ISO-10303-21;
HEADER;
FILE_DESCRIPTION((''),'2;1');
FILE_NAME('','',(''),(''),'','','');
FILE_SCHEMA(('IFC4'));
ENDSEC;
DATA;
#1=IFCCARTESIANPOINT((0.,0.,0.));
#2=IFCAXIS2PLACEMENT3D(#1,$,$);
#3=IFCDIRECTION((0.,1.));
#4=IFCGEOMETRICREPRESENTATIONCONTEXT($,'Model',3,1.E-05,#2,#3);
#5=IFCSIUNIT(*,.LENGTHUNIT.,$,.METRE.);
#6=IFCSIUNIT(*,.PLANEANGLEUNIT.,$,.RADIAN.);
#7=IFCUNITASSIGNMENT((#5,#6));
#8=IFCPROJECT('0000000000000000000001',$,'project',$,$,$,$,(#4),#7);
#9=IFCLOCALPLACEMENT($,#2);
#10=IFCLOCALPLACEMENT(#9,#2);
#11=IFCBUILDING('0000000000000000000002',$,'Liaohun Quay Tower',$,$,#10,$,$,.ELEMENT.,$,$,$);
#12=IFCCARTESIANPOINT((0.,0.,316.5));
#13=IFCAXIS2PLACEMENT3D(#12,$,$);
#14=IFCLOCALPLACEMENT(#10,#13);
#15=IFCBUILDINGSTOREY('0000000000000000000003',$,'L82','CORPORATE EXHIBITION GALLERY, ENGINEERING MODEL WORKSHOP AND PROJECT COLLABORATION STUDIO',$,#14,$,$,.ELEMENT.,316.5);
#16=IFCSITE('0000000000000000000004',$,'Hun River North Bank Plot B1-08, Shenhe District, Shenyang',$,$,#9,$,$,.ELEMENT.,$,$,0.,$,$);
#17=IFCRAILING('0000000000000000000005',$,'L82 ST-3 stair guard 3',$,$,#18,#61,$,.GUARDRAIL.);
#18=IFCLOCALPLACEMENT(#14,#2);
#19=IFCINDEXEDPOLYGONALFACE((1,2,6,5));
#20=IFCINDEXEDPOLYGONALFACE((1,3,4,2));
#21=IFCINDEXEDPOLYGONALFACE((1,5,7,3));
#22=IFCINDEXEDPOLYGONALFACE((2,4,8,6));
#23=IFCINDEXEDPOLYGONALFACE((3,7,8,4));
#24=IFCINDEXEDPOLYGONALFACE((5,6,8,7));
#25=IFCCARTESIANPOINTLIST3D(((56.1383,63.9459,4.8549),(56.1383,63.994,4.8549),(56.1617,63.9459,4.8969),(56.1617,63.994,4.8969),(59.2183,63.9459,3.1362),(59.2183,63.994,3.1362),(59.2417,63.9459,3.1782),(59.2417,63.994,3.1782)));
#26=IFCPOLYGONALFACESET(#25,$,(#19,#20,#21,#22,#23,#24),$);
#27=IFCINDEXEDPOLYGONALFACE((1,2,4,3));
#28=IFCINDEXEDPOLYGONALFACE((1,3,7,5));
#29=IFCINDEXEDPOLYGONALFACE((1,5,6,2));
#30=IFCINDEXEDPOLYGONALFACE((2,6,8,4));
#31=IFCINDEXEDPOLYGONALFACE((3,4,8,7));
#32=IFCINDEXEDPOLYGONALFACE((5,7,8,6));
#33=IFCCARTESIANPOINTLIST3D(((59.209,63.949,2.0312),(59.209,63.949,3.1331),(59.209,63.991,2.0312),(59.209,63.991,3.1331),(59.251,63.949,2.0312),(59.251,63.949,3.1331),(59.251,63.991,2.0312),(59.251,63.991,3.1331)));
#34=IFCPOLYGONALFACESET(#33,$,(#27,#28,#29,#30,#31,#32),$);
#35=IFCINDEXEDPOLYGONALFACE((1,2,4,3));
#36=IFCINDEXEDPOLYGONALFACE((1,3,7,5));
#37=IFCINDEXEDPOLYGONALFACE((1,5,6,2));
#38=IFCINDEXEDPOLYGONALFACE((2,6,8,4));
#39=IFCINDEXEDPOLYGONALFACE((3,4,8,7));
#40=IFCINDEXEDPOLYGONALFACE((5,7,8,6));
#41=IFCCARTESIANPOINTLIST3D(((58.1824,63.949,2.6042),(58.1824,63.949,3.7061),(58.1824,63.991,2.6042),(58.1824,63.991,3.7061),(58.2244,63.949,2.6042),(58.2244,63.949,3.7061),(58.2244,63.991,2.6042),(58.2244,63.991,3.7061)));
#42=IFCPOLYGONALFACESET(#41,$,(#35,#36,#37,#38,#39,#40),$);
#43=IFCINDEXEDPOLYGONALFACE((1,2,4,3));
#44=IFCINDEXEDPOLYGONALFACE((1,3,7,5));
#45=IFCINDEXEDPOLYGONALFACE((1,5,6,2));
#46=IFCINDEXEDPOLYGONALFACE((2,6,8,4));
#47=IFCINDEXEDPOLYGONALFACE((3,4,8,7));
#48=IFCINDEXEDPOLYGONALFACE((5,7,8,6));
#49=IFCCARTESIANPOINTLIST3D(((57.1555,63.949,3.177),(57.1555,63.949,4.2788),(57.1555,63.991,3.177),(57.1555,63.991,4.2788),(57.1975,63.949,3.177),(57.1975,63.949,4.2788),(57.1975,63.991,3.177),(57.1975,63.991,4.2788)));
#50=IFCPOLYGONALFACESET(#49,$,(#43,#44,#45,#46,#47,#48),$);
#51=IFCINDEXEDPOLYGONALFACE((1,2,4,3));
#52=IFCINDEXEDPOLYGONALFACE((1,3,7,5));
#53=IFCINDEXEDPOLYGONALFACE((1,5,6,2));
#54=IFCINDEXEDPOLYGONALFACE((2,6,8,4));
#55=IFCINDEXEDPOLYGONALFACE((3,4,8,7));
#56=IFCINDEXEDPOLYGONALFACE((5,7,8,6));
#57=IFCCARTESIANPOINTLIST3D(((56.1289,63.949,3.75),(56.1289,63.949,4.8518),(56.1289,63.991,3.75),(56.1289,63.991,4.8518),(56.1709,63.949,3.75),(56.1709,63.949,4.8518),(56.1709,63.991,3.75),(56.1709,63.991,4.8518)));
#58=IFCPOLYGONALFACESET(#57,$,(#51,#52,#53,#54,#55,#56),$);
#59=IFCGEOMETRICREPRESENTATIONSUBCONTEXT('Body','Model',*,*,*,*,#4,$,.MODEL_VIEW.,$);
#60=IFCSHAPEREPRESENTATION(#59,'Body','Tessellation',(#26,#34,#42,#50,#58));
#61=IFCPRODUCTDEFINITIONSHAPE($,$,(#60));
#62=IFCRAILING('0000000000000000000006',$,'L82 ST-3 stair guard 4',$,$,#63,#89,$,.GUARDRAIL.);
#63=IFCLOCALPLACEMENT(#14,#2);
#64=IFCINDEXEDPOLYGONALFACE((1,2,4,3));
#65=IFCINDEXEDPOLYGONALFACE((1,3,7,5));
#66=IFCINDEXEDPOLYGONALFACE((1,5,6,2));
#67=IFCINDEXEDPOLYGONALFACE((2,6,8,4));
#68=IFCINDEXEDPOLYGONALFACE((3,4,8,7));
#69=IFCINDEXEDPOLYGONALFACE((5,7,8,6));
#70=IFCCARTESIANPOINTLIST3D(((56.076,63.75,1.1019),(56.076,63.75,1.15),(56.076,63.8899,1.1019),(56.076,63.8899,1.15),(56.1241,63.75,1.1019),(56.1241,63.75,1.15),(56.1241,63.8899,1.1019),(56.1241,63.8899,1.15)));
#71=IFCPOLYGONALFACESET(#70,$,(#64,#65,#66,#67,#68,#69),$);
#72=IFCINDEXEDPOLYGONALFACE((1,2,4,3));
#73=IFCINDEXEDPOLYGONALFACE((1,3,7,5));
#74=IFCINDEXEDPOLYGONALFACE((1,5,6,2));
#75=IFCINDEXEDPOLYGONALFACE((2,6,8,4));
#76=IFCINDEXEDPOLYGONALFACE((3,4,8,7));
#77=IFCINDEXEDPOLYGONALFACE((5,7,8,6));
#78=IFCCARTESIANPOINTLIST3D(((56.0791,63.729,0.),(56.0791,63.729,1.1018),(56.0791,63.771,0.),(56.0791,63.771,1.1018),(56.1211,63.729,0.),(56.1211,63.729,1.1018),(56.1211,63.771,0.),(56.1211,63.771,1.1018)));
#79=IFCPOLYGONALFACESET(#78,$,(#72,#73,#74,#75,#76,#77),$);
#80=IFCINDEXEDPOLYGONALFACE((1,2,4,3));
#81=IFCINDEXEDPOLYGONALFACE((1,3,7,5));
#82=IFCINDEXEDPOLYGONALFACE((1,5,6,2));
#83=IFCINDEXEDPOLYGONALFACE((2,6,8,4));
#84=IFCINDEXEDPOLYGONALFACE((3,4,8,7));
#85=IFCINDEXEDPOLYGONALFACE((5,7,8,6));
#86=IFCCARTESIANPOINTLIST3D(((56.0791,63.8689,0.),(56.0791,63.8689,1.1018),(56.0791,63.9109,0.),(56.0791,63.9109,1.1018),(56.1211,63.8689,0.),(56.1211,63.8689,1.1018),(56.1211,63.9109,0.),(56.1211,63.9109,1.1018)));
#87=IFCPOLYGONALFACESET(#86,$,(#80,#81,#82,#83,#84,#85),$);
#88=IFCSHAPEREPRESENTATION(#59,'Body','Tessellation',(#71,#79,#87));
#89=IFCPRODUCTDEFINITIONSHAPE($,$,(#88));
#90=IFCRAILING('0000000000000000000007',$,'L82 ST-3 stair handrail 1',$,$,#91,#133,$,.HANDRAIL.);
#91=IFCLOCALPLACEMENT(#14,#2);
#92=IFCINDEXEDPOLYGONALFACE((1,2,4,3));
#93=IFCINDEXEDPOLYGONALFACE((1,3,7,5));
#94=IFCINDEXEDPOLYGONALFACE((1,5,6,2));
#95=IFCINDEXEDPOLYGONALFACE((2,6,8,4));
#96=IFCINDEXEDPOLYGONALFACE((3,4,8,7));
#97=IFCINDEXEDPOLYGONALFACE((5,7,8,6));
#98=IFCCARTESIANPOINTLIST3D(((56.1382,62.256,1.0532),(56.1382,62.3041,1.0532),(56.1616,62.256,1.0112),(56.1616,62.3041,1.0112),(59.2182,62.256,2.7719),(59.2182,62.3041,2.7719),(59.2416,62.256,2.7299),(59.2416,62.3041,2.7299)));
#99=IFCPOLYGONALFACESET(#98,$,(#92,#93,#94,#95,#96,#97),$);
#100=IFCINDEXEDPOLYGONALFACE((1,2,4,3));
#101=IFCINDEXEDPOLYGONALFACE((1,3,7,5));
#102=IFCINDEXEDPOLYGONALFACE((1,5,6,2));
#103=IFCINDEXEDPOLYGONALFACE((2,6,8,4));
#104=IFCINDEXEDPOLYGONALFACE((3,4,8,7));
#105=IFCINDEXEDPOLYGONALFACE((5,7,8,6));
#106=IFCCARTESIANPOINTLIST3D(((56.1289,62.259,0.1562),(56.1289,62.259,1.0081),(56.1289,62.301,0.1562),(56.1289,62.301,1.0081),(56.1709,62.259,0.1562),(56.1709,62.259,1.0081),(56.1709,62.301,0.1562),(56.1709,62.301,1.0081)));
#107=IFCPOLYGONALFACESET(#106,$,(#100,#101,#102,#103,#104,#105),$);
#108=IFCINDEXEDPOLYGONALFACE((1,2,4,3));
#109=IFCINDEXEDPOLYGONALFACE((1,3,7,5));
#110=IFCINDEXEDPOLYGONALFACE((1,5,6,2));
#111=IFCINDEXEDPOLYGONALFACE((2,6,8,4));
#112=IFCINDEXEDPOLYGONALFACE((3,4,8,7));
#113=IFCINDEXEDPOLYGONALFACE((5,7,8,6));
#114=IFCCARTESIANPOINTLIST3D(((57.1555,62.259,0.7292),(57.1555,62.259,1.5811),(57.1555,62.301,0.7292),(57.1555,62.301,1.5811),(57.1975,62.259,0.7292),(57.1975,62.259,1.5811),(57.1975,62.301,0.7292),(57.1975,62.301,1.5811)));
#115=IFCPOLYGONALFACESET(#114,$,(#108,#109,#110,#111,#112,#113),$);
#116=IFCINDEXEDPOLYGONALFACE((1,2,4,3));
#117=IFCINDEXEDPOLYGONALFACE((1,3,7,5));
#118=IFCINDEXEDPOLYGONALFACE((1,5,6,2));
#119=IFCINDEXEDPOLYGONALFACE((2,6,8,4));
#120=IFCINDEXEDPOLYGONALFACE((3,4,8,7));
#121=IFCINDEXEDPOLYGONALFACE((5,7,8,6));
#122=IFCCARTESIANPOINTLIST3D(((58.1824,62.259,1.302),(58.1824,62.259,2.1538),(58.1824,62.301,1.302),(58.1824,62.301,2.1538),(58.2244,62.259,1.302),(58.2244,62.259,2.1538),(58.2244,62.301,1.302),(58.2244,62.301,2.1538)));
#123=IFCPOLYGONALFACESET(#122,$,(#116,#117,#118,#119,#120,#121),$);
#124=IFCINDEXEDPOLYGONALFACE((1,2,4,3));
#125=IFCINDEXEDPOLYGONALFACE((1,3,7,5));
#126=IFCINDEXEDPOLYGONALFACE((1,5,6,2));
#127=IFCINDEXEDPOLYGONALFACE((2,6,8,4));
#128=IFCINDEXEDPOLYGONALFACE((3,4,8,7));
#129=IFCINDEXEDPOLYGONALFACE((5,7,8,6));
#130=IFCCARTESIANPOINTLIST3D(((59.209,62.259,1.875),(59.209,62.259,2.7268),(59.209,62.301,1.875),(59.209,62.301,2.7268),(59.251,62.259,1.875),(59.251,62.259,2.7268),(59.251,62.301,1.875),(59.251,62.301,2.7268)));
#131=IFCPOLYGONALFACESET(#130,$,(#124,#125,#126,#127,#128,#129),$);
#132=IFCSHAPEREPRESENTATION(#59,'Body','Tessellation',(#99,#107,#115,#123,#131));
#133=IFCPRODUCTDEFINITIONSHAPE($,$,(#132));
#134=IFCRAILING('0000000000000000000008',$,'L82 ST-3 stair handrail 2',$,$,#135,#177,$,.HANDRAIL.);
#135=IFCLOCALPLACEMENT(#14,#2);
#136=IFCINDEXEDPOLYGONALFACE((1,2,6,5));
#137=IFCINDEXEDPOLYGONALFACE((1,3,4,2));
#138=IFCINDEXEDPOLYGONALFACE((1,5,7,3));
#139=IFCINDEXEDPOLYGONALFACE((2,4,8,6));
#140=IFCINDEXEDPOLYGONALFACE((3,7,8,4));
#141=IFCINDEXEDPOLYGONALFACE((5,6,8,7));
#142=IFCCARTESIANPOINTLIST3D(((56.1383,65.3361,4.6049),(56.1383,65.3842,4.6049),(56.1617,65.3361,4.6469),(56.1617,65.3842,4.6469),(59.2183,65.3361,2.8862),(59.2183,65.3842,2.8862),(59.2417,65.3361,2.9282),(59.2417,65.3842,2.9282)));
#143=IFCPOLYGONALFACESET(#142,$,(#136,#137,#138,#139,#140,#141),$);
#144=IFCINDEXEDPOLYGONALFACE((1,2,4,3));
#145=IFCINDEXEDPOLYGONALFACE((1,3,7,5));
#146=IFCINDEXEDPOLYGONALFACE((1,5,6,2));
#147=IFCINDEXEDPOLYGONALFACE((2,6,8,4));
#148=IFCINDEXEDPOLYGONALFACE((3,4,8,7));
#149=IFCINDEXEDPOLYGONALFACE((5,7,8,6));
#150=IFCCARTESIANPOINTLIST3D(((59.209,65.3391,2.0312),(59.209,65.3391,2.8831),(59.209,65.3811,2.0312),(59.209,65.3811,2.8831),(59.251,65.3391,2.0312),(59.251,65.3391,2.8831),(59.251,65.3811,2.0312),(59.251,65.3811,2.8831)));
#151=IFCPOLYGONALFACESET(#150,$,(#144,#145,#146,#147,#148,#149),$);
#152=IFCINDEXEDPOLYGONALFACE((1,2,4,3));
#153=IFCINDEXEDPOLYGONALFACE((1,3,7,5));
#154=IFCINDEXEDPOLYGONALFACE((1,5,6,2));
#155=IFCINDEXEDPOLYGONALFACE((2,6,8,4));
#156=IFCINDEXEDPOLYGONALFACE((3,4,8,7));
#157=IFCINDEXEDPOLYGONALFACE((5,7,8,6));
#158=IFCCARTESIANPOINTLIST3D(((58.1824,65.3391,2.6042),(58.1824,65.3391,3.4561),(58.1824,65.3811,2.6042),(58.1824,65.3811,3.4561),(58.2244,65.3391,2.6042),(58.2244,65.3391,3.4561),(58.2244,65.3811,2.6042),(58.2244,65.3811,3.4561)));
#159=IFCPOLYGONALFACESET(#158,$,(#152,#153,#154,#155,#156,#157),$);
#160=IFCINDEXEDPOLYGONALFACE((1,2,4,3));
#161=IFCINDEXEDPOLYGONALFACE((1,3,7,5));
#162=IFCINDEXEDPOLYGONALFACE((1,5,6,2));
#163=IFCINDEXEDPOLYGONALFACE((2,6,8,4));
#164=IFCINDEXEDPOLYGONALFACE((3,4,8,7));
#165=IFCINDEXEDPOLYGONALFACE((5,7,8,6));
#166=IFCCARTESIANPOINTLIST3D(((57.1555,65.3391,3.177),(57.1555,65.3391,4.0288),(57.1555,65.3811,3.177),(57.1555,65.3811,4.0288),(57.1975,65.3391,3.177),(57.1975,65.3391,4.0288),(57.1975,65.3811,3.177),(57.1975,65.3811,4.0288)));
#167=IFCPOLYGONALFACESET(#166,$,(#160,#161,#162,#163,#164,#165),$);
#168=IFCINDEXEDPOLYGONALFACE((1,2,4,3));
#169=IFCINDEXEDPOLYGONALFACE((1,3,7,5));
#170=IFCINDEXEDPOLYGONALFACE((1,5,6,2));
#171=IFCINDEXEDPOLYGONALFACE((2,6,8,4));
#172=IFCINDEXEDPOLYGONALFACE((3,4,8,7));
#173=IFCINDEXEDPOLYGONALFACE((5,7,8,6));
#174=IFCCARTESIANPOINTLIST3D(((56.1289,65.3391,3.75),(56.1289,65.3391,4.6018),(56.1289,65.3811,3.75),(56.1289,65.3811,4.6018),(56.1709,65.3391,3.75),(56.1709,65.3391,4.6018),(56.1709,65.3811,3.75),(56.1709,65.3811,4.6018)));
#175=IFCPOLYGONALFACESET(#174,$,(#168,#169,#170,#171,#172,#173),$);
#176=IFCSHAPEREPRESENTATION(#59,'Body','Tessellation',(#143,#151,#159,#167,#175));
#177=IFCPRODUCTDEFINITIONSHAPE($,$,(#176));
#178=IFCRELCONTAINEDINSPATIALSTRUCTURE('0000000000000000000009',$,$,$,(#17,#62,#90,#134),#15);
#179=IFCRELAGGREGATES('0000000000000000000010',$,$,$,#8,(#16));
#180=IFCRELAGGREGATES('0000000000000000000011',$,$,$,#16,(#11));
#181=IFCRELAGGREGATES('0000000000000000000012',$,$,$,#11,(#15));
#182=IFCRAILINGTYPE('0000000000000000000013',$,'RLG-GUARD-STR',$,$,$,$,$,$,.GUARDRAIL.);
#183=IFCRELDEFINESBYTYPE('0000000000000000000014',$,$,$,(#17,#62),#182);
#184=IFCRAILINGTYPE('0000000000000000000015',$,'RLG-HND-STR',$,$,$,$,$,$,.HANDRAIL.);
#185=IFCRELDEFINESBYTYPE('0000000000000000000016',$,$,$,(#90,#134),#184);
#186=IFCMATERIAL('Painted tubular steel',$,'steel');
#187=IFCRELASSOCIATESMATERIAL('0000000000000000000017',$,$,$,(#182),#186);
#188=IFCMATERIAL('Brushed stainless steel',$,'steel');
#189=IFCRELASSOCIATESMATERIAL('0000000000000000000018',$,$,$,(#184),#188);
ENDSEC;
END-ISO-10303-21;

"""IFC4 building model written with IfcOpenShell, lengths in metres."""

from ifc_helpers import new_model, si_unit, direction, frame, origin, origin_2d, place, context, subcontext, project, spatial, rectangle, extrude, material, type_object, element, save


model = new_model("IFC4")

# Units and contexts
model_context = context("Model", 3, precision=1e-05, world=origin(), true_north=direction((0.0, 1.0)))
body_context = subcontext(model_context, "Body", "Model", "MODEL_VIEW")
ifc_project = project(units=[si_unit("LENGTHUNIT", "METRE"), si_unit("PLANEANGLEUNIT", "RADIAN")], contexts=[model_context])

# Site, building, storey
site_placement = place(None, origin())
site = spatial("IfcSite", under=ifc_project, at=site_placement, Name="Hun River North Bank Plot B1-08, Shenhe District, Shenyang", CompositionType="ELEMENT", RefElevation=0.0)
building_placement = place(site_placement, origin())
building = spatial("IfcBuilding", under=site, at=building_placement, Name="Liaohun Quay Tower", CompositionType="ELEMENT")
storey_placement = place(building_placement, frame((0.0, 0.0, 316.5)))
storey = spatial("IfcBuildingStorey", under=building, at=storey_placement, Name="L82", Description="CORPORATE EXHIBITION GALLERY, ENGINEERING MODEL WORKSHOP AND PROJECT COLLABORATION STUDIO", CompositionType="ELEMENT", Elevation=316.5)

# Railings
ifc_material_1 = material(Name="Painted tubular steel", Category="steel")
railing_type_1 = type_object("IfcRailingType", Name="RLG-GUARD-STR", PredefinedType="GUARDRAIL", material=ifc_material_1)
railing_1_placement = place(storey_placement, frame((59.23, 63.97, 2.0312)))
element("IfcRailing", 1, at=railing_1_placement, inside=storey, type_object=railing_type_1, Name="L82 ST-3 stair guard 3", PredefinedType="GUARDRAIL", context=body_context, shape_type="SweptSolid", body=[
    extrude(rectangle(XDim=0.0481, YDim=0.0481, at=origin_2d()), frame((0.0, 0.0, 1.126), z_axis=(-0.873242, 0.0, 0.487288), x_axis=(0.0, -1.0, 0.0)), (0.0, 0.0, 1.0), 3.5271),
    extrude(rectangle(XDim=0.042, YDim=0.042, at=origin_2d()), origin(), (0.0, 0.0, 1.0), 1.1018),
    extrude(rectangle(XDim=0.042, YDim=0.042, at=origin_2d()), frame((-1.0266, 0.0, 0.573)), (0.0, 0.0, 1.0), 1.1018),
    extrude(rectangle(XDim=0.042, YDim=0.042, at=origin_2d()), frame((-2.0535, 0.0, 1.1458)), (0.0, 0.0, 1.0), 1.1018),
    extrude(rectangle(XDim=0.042, YDim=0.042, at=origin_2d()), frame((-3.0801, 0.0, 1.7188)), (0.0, 0.0, 1.0), 1.1018),
])
railing_2_placement = place(storey_placement, frame((56.1001, 63.75, 0.0)))
element("IfcRailing", 2, at=railing_2_placement, inside=storey, type_object=railing_type_1, Name="L82 ST-3 stair guard 4", PredefinedType="GUARDRAIL", context=body_context, shape_type="SweptSolid", body=[
    extrude(rectangle(XDim=0.0481, YDim=0.0481, at=origin_2d()), frame((0.0, 0.0, 1.126), z_axis=(0.0, 1.0, 0.0), x_axis=(-1.0, 0.0, 0.0)), (0.0, 0.0, 1.0), 0.1399),
    extrude(rectangle(XDim=0.042, YDim=0.042, at=origin_2d()), origin(), (0.0, 0.0, 1.0), 1.1018),
    extrude(rectangle(XDim=0.042, YDim=0.042, at=origin_2d()), frame((0.0, 0.1399, 0.0)), (0.0, 0.0, 1.0), 1.1018),
])
ifc_material_2 = material(Name="Brushed stainless steel", Category="steel")
railing_type_2 = type_object("IfcRailingType", Name="RLG-HND-STR", PredefinedType="HANDRAIL", material=ifc_material_2)
railing_3_placement = place(storey_placement, frame((56.1499, 62.28, 0.1562)))
element("IfcRailing", 3, at=railing_3_placement, inside=storey, type_object=railing_type_2, Name="L82 ST-3 stair handrail 1", PredefinedType="HANDRAIL", context=body_context, shape_type="SweptSolid", body=[
    extrude(rectangle(XDim=0.0481, YDim=0.0481, at=origin_2d()), frame((0.0, 0.0, 0.876), z_axis=(0.873242, 0.0, 0.487288), x_axis=(0.0, 1.0, 0.0)), (0.0, 0.0, 1.0), 3.5271),
    extrude(rectangle(XDim=0.042, YDim=0.042, at=origin_2d()), origin(), (0.0, 0.0, 1.0), 0.8518),
    extrude(rectangle(XDim=0.042, YDim=0.042, at=origin_2d()), frame((1.0266, 0.0, 0.573)), (0.0, 0.0, 1.0), 0.8518),
    extrude(rectangle(XDim=0.042, YDim=0.042, at=origin_2d()), frame((2.0535, 0.0, 1.1458)), (0.0, 0.0, 1.0), 0.8518),
    extrude(rectangle(XDim=0.042, YDim=0.042, at=origin_2d()), frame((3.0801, 0.0, 1.7188)), (0.0, 0.0, 1.0), 0.8518),
])
railing_4_placement = place(storey_placement, frame((59.23, 65.3601, 2.0312)))
element("IfcRailing", 4, at=railing_4_placement, inside=storey, type_object=railing_type_2, Name="L82 ST-3 stair handrail 2", PredefinedType="HANDRAIL", context=body_context, shape_type="SweptSolid", body=[
    extrude(rectangle(XDim=0.0481, YDim=0.0481, at=origin_2d()), frame((0.0, 0.0, 0.876), z_axis=(-0.873242, 0.0, 0.487288), x_axis=(0.0, -1.0, 0.0)), (0.0, 0.0, 1.0), 3.5271),
    extrude(rectangle(XDim=0.042, YDim=0.042, at=origin_2d()), origin(), (0.0, 0.0, 1.0), 0.8518),
    extrude(rectangle(XDim=0.042, YDim=0.042, at=origin_2d()), frame((-1.0266, 0.0, 0.573)), (0.0, 0.0, 1.0), 0.8518),
    extrude(rectangle(XDim=0.042, YDim=0.042, at=origin_2d()), frame((-2.0535, 0.0, 1.1458)), (0.0, 0.0, 1.0), 0.8518),
    extrude(rectangle(XDim=0.042, YDim=0.042, at=origin_2d()), frame((-3.0801, 0.0, 1.7188)), (0.0, 0.0, 1.0), 0.8518),
])

save(model, "model.ifc")
